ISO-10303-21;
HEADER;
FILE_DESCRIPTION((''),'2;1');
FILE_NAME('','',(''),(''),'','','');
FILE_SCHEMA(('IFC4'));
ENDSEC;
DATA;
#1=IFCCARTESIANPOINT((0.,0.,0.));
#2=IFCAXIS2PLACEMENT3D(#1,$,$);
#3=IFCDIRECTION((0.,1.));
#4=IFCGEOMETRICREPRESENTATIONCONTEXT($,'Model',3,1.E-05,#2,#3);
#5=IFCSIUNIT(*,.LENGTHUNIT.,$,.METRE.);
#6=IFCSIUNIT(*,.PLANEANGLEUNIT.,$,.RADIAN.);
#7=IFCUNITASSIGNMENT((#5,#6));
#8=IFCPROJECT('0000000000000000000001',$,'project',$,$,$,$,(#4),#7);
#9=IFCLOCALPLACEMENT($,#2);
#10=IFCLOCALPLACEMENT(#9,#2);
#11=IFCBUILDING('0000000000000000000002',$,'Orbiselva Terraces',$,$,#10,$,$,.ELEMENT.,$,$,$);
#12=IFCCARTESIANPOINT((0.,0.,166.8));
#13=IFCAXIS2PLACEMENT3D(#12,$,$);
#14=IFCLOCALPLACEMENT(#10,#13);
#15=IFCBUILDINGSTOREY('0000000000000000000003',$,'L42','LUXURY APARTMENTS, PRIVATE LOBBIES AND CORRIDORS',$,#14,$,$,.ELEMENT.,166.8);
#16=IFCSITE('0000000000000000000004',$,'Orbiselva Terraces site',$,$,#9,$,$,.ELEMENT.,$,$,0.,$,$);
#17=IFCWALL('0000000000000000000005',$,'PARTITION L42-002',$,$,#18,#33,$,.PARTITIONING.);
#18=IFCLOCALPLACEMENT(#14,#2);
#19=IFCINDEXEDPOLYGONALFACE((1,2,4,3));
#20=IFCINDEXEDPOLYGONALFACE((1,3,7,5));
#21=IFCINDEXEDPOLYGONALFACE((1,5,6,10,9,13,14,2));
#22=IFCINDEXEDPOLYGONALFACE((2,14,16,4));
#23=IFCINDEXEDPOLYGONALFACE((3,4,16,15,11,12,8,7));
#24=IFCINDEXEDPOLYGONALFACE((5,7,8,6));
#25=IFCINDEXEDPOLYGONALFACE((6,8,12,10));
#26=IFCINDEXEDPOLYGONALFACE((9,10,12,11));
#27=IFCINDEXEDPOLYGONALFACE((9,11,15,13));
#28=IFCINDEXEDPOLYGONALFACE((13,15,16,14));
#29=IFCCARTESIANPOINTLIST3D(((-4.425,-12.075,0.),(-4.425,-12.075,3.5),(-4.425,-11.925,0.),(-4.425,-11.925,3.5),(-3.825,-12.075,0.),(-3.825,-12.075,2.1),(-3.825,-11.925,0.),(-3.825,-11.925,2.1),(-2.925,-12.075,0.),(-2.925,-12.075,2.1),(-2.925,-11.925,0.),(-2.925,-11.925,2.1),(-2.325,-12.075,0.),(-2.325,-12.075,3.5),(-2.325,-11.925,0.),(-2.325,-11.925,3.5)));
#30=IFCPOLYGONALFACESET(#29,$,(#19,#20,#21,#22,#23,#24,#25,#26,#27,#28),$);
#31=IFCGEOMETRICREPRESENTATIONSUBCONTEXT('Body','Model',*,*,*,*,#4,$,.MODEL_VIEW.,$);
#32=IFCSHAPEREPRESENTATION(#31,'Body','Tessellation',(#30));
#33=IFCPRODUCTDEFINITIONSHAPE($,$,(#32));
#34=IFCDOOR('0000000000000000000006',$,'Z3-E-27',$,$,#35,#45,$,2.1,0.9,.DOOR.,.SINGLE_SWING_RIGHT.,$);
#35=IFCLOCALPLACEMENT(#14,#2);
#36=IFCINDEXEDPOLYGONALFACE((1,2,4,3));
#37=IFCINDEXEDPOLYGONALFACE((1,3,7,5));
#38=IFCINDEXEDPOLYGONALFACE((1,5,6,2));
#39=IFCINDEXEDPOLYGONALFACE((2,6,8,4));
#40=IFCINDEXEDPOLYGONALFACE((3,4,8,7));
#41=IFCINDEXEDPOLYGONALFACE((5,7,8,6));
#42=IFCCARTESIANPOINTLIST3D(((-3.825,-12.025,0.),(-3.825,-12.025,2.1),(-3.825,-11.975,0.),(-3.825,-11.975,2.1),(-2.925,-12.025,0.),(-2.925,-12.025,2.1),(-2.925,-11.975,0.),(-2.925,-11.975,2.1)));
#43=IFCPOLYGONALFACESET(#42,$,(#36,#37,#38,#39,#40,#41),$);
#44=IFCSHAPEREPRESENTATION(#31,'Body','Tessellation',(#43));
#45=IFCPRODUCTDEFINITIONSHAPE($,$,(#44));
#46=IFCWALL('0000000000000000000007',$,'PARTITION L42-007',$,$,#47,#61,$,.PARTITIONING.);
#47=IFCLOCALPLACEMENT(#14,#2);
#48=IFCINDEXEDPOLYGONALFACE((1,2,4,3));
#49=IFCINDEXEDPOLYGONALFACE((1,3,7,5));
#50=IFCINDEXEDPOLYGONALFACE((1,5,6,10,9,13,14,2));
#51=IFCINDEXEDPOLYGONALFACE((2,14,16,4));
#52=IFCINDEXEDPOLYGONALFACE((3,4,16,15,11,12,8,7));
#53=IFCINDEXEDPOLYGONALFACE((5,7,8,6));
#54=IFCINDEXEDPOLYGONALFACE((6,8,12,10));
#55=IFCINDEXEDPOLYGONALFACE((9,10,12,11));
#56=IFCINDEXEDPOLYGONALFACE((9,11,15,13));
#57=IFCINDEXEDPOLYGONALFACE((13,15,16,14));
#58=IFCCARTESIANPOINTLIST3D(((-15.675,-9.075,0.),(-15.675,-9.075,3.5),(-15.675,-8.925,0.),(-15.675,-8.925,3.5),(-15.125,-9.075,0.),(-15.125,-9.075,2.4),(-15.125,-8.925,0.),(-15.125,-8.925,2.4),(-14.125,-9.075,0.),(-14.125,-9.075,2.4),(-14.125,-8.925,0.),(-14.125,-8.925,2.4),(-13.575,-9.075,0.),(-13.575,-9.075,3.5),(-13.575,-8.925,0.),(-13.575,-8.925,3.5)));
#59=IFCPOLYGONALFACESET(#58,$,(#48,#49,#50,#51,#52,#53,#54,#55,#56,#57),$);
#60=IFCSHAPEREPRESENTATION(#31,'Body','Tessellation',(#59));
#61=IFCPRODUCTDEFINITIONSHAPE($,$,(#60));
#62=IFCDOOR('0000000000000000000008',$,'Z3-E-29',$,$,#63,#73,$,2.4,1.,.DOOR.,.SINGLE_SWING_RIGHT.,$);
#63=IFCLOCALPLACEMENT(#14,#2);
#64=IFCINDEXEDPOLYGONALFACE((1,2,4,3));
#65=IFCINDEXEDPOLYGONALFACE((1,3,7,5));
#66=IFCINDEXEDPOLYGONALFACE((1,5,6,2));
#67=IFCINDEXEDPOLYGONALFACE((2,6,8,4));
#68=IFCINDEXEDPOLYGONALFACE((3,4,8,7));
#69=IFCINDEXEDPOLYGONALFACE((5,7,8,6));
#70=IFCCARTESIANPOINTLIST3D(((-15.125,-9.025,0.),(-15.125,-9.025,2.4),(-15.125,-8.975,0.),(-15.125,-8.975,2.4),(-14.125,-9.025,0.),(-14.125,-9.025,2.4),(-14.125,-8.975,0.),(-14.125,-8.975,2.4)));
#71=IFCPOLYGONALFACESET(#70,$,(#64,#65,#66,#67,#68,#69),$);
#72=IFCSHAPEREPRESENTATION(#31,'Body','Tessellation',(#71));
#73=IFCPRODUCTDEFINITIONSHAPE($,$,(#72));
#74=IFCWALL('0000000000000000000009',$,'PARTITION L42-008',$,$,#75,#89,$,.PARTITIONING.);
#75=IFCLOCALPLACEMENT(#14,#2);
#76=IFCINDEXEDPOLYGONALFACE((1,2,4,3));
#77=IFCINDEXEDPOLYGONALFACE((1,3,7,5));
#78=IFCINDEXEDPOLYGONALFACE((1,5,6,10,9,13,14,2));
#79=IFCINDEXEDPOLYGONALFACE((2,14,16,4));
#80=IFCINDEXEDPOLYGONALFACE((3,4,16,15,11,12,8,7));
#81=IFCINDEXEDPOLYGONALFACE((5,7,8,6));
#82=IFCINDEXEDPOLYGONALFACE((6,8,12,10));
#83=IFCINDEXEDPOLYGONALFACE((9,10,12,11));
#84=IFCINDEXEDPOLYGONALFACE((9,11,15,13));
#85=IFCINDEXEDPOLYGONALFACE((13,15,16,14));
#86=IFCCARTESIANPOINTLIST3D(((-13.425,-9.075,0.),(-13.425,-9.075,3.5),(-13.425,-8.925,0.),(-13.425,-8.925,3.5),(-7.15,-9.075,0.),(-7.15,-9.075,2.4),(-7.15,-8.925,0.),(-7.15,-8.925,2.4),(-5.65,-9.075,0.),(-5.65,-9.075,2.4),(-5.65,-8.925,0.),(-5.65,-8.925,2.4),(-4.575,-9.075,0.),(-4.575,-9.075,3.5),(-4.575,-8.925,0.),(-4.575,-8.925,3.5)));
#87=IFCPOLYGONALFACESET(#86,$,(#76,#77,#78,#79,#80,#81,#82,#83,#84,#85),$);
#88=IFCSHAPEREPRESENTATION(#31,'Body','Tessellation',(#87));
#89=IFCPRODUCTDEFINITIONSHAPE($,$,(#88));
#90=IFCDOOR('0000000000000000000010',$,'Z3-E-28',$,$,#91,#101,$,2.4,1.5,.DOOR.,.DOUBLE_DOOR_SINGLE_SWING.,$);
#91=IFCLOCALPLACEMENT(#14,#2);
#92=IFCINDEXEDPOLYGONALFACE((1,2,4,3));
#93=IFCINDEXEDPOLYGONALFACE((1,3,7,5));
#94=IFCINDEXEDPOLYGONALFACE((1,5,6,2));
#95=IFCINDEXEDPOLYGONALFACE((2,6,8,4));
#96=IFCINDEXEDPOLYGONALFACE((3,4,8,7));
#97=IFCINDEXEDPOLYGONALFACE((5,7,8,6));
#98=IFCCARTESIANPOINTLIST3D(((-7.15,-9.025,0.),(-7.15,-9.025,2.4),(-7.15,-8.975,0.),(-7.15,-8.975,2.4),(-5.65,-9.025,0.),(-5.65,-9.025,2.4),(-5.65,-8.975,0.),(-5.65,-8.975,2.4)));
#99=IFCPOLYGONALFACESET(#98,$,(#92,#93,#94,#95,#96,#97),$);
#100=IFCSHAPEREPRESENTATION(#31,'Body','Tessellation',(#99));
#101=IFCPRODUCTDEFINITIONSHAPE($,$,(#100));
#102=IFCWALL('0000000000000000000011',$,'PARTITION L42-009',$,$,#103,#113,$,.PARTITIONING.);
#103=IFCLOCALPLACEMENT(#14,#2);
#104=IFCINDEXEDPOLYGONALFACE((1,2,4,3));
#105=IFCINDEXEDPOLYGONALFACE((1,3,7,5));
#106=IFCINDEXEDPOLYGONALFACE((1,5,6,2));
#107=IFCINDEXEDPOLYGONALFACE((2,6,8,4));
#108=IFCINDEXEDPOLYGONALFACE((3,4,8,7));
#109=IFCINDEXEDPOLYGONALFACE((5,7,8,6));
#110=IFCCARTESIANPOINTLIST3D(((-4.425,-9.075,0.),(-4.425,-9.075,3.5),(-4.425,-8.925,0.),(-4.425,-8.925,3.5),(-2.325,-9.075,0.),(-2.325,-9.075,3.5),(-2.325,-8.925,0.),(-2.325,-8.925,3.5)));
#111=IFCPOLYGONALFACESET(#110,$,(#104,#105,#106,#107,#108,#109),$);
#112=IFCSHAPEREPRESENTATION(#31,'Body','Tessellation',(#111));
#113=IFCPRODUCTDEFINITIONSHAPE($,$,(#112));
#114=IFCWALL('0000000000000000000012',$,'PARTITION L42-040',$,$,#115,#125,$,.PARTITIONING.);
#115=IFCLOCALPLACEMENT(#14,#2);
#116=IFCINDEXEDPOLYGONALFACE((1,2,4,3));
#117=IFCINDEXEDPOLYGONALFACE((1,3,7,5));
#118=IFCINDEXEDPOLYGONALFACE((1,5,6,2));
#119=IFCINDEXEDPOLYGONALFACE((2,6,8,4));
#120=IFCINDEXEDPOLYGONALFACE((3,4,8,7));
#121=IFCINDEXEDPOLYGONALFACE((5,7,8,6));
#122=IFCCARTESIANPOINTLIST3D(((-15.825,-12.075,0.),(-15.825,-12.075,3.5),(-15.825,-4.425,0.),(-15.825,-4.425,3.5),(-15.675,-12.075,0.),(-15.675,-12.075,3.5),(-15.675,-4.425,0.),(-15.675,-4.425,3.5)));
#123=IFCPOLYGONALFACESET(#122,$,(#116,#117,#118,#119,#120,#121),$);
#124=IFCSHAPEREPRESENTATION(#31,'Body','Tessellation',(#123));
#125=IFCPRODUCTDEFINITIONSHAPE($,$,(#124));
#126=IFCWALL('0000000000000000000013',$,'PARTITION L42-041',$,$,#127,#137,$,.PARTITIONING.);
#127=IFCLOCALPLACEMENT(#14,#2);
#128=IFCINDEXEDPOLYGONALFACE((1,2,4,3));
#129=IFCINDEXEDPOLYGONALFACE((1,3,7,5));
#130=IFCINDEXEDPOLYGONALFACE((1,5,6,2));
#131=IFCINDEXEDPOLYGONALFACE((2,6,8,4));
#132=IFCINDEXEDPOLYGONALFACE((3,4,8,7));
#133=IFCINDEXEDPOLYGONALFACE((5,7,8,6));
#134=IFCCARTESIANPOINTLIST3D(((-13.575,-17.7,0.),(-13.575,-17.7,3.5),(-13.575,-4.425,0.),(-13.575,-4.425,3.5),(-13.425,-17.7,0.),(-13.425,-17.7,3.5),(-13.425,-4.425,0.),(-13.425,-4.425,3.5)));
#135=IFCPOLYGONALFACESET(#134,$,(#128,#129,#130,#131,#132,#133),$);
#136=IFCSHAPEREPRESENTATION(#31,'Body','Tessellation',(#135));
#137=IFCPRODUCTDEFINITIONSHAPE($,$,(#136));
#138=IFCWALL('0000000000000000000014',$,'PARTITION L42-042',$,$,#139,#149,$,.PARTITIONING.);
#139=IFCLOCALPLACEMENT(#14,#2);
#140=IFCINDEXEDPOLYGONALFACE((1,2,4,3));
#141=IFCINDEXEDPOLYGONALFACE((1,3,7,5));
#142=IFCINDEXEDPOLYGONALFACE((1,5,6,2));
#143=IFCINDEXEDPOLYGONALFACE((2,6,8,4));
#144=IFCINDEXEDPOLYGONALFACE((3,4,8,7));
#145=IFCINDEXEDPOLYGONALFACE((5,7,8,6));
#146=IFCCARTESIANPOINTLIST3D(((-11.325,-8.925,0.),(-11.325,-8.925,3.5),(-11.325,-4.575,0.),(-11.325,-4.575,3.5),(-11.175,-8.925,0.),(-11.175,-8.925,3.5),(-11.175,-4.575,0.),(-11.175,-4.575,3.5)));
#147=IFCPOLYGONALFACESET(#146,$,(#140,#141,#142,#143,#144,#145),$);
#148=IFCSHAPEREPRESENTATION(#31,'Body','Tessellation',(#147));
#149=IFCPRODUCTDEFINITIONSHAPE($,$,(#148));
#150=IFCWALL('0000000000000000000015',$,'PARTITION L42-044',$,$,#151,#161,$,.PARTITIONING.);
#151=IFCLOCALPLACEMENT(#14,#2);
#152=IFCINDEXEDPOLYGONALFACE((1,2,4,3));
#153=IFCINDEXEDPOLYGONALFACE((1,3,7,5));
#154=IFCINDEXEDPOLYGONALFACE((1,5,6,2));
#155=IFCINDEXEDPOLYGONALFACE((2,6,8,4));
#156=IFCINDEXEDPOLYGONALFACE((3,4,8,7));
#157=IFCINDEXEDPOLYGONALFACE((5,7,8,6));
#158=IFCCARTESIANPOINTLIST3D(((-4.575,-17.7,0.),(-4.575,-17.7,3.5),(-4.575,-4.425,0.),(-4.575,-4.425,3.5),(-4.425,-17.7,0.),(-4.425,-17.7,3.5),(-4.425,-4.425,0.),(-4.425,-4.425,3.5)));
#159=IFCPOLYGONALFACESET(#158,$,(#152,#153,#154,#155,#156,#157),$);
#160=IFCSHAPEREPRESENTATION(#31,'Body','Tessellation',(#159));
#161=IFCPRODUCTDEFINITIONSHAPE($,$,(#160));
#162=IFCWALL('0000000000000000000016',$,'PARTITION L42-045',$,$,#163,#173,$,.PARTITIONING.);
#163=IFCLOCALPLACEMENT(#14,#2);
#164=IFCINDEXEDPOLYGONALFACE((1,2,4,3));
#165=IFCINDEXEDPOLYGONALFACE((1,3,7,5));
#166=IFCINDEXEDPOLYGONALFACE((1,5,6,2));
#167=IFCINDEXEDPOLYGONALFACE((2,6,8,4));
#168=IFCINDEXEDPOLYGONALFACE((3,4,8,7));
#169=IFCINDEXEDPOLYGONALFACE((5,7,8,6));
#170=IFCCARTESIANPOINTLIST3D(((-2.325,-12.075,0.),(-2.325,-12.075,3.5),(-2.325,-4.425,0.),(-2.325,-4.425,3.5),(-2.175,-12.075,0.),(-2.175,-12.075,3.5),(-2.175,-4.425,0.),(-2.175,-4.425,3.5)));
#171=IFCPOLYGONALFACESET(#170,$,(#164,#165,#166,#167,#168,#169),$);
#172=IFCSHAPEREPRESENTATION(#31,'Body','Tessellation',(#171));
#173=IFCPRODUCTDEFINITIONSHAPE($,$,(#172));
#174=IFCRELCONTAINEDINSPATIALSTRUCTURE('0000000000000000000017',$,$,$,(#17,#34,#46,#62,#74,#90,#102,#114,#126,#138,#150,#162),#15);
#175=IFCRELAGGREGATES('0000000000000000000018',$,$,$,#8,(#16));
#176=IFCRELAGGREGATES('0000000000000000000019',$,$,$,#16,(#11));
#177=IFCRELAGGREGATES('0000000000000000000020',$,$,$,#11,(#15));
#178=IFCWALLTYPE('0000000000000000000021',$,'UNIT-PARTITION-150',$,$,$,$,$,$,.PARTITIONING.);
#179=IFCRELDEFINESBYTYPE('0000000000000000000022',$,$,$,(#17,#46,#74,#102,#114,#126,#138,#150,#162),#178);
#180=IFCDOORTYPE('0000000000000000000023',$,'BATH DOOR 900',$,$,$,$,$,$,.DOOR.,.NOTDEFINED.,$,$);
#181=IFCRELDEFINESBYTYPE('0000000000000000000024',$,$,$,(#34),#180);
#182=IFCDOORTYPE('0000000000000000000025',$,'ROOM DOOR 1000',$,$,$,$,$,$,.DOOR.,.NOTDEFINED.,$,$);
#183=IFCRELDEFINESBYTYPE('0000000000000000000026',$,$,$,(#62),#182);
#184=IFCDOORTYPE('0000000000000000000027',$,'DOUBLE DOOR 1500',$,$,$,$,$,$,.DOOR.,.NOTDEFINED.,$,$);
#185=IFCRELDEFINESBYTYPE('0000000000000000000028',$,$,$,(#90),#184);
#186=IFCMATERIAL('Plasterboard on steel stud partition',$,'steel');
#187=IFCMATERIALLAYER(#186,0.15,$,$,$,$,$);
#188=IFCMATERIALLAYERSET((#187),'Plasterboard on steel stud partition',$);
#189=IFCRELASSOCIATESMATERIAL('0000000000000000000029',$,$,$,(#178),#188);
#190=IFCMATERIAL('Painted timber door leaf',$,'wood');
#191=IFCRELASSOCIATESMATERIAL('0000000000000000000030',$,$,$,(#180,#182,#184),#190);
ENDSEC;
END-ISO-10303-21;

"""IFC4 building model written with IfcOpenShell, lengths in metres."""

from ifc_helpers import new_model, si_unit, direction, frame, frame_2d, origin, place, context, subcontext, project, spatial, rectangle, extrude, material, layer, layer_set, type_object, element, fill, save


model = new_model("IFC4")

# Units and contexts
model_context = context("Model", 3, precision=1e-05, world=origin(), true_north=direction((0.0, 1.0)))
body_context = subcontext(model_context, "Body", "Model", "MODEL_VIEW")
ifc_project = project(units=[si_unit("LENGTHUNIT", "METRE"), si_unit("PLANEANGLEUNIT", "RADIAN")], contexts=[model_context])

# Site, building, storey
site_placement = place(None, origin())
site = spatial("IfcSite", under=ifc_project, at=site_placement, Name="Orbiselva Terraces site", CompositionType="ELEMENT", RefElevation=0.0)
building_placement = place(site_placement, origin())
building = spatial("IfcBuilding", under=site, at=building_placement, Name="Orbiselva Terraces", CompositionType="ELEMENT")
storey_placement = place(building_placement, frame((0.0, 0.0, 166.8)))
storey = spatial("IfcBuildingStorey", under=building, at=storey_placement, Name="L42", Description="LUXURY APARTMENTS, PRIVATE LOBBIES AND CORRIDORS", CompositionType="ELEMENT", Elevation=166.8)

# Walls, openings, doors
ifc_material_1 = material(Name="Plasterboard on steel stud partition", Category="steel")
ifc_layer_1 = layer(ifc_material_1, 0.15)
ifc_layer_set_1 = layer_set([ifc_layer_1], Name="Plasterboard on steel stud partition")
wall_type_1 = type_object("IfcWallType", Name="UNIT-PARTITION-150", PredefinedType="PARTITIONING", material=ifc_layer_set_1)
wall_1_placement = place(storey_placement, frame((-4.425, -12.0, 0.0), z_axis=(0.0, 0.0, 1.0), x_axis=(1.0, 0.0, 0.0)))
wall_1 = element("IfcWall", 1, at=wall_1_placement, inside=storey, type_object=wall_type_1, Name="PARTITION L42-002", PredefinedType="PARTITIONING", context=body_context, shape_type="SweptSolid", body=[
    extrude(rectangle(XDim=2.1, YDim=0.15, at=frame_2d((1.05, 0.0))), origin(), (0.0, 0.0, 1.0), 3.5),
])
opening_1_placement = place(wall_1_placement, frame((0.6, 0.0, 0.0)))
opening_1 = element("IfcOpeningElement", 2, at=opening_1_placement, cuts=wall_1, PredefinedType="OPENING", context=body_context, shape_type="SweptSolid", body=[
    extrude(rectangle(XDim=0.9, YDim=2.1, at=frame_2d((0.45, 1.05))), frame((0.0, 0.085, 0.0), z_axis=(0.0, -1.0, 0.0), x_axis=(1.0, 0.0, 0.0)), (0.0, 0.0, 1.0), 0.17),
])
ifc_material_2 = material(Name="Painted timber door leaf", Category="wood")
door_type_1 = type_object("IfcDoorType", Name="BATH DOOR 900", OperationType="NOTDEFINED", PredefinedType="DOOR", material=ifc_material_2)
door_1_placement = place(opening_1_placement, origin())
door_1 = element("IfcDoor", 3, at=door_1_placement, inside=storey, type_object=door_type_1, Name="Z3-E-27", OperationType="SINGLE_SWING_RIGHT", OverallHeight=2.1, OverallWidth=0.9, PredefinedType="DOOR", context=body_context, shape_type="SweptSolid", body=[
    extrude(rectangle(XDim=0.9, YDim=2.1, at=frame_2d((0.45, 1.05))), frame((0.0, 0.025, 0.0), z_axis=(0.0, -1.0, 0.0), x_axis=(1.0, 0.0, 0.0)), (0.0, 0.0, 1.0), 0.05),
])
fill(opening_1, door_1)
wall_2_placement = place(storey_placement, frame((-13.575, -9.0, 0.0), z_axis=(0.0, 0.0, 1.0), x_axis=(-1.0, 0.0, 0.0)))
wall_2 = element("IfcWall", 4, at=wall_2_placement, inside=storey, type_object=wall_type_1, Name="PARTITION L42-007", PredefinedType="PARTITIONING", context=body_context, shape_type="SweptSolid", body=[
    extrude(rectangle(XDim=2.1, YDim=0.15, at=frame_2d((1.05, 0.0))), origin(), (0.0, 0.0, 1.0), 3.5),
])
opening_2_placement = place(wall_2_placement, frame((0.55, 0.0, 0.0)))
opening_2 = element("IfcOpeningElement", 5, at=opening_2_placement, cuts=wall_2, PredefinedType="OPENING", context=body_context, shape_type="SweptSolid", body=[
    extrude(rectangle(XDim=1.0, YDim=2.4, at=frame_2d((0.5, 1.2))), frame((0.0, 0.085, 0.0), z_axis=(0.0, -1.0, 0.0), x_axis=(1.0, 0.0, 0.0)), (0.0, 0.0, 1.0), 0.17),
])
door_type_2 = type_object("IfcDoorType", Name="ROOM DOOR 1000", OperationType="NOTDEFINED", PredefinedType="DOOR", material=ifc_material_2)
door_2_placement = place(opening_2_placement, origin())
door_2 = element("IfcDoor", 6, at=door_2_placement, inside=storey, type_object=door_type_2, Name="Z3-E-29", OperationType="SINGLE_SWING_RIGHT", OverallHeight=2.4, OverallWidth=1.0, PredefinedType="DOOR", context=body_context, shape_type="SweptSolid", body=[
    extrude(rectangle(XDim=1.0, YDim=2.4, at=frame_2d((0.5, 1.2))), frame((0.0, 0.025, 0.0), z_axis=(0.0, -1.0, 0.0), x_axis=(1.0, 0.0, 0.0)), (0.0, 0.0, 1.0), 0.05),
])
fill(opening_2, door_2)
wall_3_placement = place(storey_placement, frame((-4.575, -9.0, 0.0), z_axis=(0.0, 0.0, 1.0), x_axis=(-1.0, 0.0, 0.0)))
wall_3 = element("IfcWall", 7, at=wall_3_placement, inside=storey, type_object=wall_type_1, Name="PARTITION L42-008", PredefinedType="PARTITIONING", context=body_context, shape_type="SweptSolid", body=[
    extrude(rectangle(XDim=8.85, YDim=0.15, at=frame_2d((4.425, 0.0))), origin(), (0.0, 0.0, 1.0), 3.5),
])
opening_3_placement = place(wall_3_placement, frame((1.075, 0.0, 0.0)))
opening_3 = element("IfcOpeningElement", 8, at=opening_3_placement, cuts=wall_3, PredefinedType="OPENING", context=body_context, shape_type="SweptSolid", body=[
    extrude(rectangle(XDim=1.5, YDim=2.4, at=frame_2d((0.75, 1.2))), frame((0.0, 0.085, 0.0), z_axis=(0.0, -1.0, 0.0), x_axis=(1.0, 0.0, 0.0)), (0.0, 0.0, 1.0), 0.17),
])
door_type_3 = type_object("IfcDoorType", Name="DOUBLE DOOR 1500", OperationType="NOTDEFINED", PredefinedType="DOOR", material=ifc_material_2)
door_3_placement = place(opening_3_placement, origin())
door_3 = element("IfcDoor", 9, at=door_3_placement, inside=storey, type_object=door_type_3, Name="Z3-E-28", OperationType="DOUBLE_DOOR_SINGLE_SWING", OverallHeight=2.4, OverallWidth=1.5, PredefinedType="DOOR", context=body_context, shape_type="SweptSolid", body=[
    extrude(rectangle(XDim=1.5, YDim=2.4, at=frame_2d((0.75, 1.2))), frame((0.0, 0.025, 0.0), z_axis=(0.0, -1.0, 0.0), x_axis=(1.0, 0.0, 0.0)), (0.0, 0.0, 1.0), 0.05),
])
fill(opening_3, door_3)

# Walls
wall_4_placement = place(storey_placement, frame((-4.425, -9.0, 0.0), z_axis=(0.0, 0.0, 1.0), x_axis=(1.0, 0.0, 0.0)))
element("IfcWall", 10, at=wall_4_placement, inside=storey, type_object=wall_type_1, Name="PARTITION L42-009", PredefinedType="PARTITIONING", context=body_context, shape_type="SweptSolid", body=[
    extrude(rectangle(XDim=2.1, YDim=0.15, at=frame_2d((1.05, 0.0))), origin(), (0.0, 0.0, 1.0), 3.5),
])
wall_5_placement = place(storey_placement, frame((-15.75, -12.075, 0.0), z_axis=(0.0, 0.0, 1.0), x_axis=(0.0, 1.0, 0.0)))
element("IfcWall", 11, at=wall_5_placement, inside=storey, type_object=wall_type_1, Name="PARTITION L42-040", PredefinedType="PARTITIONING", context=body_context, shape_type="SweptSolid", body=[
    extrude(rectangle(XDim=7.65, YDim=0.15, at=frame_2d((3.825, 0.0))), origin(), (0.0, 0.0, 1.0), 3.5),
])
wall_6_placement = place(storey_placement, frame((-13.5, -17.7, 0.0), z_axis=(0.0, 0.0, 1.0), x_axis=(0.0, 1.0, 0.0)))
element("IfcWall", 12, at=wall_6_placement, inside=storey, type_object=wall_type_1, Name="PARTITION L42-041", PredefinedType="PARTITIONING", context=body_context, shape_type="SweptSolid", body=[
    extrude(rectangle(XDim=13.275, YDim=0.15, at=frame_2d((6.6375, 0.0))), origin(), (0.0, 0.0, 1.0), 3.5),
])
wall_7_placement = place(storey_placement, frame((-11.25, -8.925, 0.0), z_axis=(0.0, 0.0, 1.0), x_axis=(0.0, 1.0, 0.0)))
element("IfcWall", 13, at=wall_7_placement, inside=storey, type_object=wall_type_1, Name="PARTITION L42-042", PredefinedType="PARTITIONING", context=body_context, shape_type="SweptSolid", body=[
    extrude(rectangle(XDim=4.35, YDim=0.15, at=frame_2d((2.175, 0.0))), origin(), (0.0, 0.0, 1.0), 3.5),
])
wall_8_placement = place(storey_placement, frame((-4.5, -17.7, 0.0), z_axis=(0.0, 0.0, 1.0), x_axis=(0.0, 1.0, 0.0)))
element("IfcWall", 14, at=wall_8_placement, inside=storey, type_object=wall_type_1, Name="PARTITION L42-044", PredefinedType="PARTITIONING", context=body_context, shape_type="SweptSolid", body=[
    extrude(rectangle(XDim=13.275, YDim=0.15, at=frame_2d((6.6375, 0.0))), origin(), (0.0, 0.0, 1.0), 3.5),
])
wall_9_placement = place(storey_placement, frame((-2.25, -12.075, 0.0), z_axis=(0.0, 0.0, 1.0), x_axis=(0.0, 1.0, 0.0)))
element("IfcWall", 15, at=wall_9_placement, inside=storey, type_object=wall_type_1, Name="PARTITION L42-045", PredefinedType="PARTITIONING", context=body_context, shape_type="SweptSolid", body=[
    extrude(rectangle(XDim=7.65, YDim=0.15, at=frame_2d((3.825, 0.0))), origin(), (0.0, 0.0, 1.0), 3.5),
])

save(model, "model.ifc")
